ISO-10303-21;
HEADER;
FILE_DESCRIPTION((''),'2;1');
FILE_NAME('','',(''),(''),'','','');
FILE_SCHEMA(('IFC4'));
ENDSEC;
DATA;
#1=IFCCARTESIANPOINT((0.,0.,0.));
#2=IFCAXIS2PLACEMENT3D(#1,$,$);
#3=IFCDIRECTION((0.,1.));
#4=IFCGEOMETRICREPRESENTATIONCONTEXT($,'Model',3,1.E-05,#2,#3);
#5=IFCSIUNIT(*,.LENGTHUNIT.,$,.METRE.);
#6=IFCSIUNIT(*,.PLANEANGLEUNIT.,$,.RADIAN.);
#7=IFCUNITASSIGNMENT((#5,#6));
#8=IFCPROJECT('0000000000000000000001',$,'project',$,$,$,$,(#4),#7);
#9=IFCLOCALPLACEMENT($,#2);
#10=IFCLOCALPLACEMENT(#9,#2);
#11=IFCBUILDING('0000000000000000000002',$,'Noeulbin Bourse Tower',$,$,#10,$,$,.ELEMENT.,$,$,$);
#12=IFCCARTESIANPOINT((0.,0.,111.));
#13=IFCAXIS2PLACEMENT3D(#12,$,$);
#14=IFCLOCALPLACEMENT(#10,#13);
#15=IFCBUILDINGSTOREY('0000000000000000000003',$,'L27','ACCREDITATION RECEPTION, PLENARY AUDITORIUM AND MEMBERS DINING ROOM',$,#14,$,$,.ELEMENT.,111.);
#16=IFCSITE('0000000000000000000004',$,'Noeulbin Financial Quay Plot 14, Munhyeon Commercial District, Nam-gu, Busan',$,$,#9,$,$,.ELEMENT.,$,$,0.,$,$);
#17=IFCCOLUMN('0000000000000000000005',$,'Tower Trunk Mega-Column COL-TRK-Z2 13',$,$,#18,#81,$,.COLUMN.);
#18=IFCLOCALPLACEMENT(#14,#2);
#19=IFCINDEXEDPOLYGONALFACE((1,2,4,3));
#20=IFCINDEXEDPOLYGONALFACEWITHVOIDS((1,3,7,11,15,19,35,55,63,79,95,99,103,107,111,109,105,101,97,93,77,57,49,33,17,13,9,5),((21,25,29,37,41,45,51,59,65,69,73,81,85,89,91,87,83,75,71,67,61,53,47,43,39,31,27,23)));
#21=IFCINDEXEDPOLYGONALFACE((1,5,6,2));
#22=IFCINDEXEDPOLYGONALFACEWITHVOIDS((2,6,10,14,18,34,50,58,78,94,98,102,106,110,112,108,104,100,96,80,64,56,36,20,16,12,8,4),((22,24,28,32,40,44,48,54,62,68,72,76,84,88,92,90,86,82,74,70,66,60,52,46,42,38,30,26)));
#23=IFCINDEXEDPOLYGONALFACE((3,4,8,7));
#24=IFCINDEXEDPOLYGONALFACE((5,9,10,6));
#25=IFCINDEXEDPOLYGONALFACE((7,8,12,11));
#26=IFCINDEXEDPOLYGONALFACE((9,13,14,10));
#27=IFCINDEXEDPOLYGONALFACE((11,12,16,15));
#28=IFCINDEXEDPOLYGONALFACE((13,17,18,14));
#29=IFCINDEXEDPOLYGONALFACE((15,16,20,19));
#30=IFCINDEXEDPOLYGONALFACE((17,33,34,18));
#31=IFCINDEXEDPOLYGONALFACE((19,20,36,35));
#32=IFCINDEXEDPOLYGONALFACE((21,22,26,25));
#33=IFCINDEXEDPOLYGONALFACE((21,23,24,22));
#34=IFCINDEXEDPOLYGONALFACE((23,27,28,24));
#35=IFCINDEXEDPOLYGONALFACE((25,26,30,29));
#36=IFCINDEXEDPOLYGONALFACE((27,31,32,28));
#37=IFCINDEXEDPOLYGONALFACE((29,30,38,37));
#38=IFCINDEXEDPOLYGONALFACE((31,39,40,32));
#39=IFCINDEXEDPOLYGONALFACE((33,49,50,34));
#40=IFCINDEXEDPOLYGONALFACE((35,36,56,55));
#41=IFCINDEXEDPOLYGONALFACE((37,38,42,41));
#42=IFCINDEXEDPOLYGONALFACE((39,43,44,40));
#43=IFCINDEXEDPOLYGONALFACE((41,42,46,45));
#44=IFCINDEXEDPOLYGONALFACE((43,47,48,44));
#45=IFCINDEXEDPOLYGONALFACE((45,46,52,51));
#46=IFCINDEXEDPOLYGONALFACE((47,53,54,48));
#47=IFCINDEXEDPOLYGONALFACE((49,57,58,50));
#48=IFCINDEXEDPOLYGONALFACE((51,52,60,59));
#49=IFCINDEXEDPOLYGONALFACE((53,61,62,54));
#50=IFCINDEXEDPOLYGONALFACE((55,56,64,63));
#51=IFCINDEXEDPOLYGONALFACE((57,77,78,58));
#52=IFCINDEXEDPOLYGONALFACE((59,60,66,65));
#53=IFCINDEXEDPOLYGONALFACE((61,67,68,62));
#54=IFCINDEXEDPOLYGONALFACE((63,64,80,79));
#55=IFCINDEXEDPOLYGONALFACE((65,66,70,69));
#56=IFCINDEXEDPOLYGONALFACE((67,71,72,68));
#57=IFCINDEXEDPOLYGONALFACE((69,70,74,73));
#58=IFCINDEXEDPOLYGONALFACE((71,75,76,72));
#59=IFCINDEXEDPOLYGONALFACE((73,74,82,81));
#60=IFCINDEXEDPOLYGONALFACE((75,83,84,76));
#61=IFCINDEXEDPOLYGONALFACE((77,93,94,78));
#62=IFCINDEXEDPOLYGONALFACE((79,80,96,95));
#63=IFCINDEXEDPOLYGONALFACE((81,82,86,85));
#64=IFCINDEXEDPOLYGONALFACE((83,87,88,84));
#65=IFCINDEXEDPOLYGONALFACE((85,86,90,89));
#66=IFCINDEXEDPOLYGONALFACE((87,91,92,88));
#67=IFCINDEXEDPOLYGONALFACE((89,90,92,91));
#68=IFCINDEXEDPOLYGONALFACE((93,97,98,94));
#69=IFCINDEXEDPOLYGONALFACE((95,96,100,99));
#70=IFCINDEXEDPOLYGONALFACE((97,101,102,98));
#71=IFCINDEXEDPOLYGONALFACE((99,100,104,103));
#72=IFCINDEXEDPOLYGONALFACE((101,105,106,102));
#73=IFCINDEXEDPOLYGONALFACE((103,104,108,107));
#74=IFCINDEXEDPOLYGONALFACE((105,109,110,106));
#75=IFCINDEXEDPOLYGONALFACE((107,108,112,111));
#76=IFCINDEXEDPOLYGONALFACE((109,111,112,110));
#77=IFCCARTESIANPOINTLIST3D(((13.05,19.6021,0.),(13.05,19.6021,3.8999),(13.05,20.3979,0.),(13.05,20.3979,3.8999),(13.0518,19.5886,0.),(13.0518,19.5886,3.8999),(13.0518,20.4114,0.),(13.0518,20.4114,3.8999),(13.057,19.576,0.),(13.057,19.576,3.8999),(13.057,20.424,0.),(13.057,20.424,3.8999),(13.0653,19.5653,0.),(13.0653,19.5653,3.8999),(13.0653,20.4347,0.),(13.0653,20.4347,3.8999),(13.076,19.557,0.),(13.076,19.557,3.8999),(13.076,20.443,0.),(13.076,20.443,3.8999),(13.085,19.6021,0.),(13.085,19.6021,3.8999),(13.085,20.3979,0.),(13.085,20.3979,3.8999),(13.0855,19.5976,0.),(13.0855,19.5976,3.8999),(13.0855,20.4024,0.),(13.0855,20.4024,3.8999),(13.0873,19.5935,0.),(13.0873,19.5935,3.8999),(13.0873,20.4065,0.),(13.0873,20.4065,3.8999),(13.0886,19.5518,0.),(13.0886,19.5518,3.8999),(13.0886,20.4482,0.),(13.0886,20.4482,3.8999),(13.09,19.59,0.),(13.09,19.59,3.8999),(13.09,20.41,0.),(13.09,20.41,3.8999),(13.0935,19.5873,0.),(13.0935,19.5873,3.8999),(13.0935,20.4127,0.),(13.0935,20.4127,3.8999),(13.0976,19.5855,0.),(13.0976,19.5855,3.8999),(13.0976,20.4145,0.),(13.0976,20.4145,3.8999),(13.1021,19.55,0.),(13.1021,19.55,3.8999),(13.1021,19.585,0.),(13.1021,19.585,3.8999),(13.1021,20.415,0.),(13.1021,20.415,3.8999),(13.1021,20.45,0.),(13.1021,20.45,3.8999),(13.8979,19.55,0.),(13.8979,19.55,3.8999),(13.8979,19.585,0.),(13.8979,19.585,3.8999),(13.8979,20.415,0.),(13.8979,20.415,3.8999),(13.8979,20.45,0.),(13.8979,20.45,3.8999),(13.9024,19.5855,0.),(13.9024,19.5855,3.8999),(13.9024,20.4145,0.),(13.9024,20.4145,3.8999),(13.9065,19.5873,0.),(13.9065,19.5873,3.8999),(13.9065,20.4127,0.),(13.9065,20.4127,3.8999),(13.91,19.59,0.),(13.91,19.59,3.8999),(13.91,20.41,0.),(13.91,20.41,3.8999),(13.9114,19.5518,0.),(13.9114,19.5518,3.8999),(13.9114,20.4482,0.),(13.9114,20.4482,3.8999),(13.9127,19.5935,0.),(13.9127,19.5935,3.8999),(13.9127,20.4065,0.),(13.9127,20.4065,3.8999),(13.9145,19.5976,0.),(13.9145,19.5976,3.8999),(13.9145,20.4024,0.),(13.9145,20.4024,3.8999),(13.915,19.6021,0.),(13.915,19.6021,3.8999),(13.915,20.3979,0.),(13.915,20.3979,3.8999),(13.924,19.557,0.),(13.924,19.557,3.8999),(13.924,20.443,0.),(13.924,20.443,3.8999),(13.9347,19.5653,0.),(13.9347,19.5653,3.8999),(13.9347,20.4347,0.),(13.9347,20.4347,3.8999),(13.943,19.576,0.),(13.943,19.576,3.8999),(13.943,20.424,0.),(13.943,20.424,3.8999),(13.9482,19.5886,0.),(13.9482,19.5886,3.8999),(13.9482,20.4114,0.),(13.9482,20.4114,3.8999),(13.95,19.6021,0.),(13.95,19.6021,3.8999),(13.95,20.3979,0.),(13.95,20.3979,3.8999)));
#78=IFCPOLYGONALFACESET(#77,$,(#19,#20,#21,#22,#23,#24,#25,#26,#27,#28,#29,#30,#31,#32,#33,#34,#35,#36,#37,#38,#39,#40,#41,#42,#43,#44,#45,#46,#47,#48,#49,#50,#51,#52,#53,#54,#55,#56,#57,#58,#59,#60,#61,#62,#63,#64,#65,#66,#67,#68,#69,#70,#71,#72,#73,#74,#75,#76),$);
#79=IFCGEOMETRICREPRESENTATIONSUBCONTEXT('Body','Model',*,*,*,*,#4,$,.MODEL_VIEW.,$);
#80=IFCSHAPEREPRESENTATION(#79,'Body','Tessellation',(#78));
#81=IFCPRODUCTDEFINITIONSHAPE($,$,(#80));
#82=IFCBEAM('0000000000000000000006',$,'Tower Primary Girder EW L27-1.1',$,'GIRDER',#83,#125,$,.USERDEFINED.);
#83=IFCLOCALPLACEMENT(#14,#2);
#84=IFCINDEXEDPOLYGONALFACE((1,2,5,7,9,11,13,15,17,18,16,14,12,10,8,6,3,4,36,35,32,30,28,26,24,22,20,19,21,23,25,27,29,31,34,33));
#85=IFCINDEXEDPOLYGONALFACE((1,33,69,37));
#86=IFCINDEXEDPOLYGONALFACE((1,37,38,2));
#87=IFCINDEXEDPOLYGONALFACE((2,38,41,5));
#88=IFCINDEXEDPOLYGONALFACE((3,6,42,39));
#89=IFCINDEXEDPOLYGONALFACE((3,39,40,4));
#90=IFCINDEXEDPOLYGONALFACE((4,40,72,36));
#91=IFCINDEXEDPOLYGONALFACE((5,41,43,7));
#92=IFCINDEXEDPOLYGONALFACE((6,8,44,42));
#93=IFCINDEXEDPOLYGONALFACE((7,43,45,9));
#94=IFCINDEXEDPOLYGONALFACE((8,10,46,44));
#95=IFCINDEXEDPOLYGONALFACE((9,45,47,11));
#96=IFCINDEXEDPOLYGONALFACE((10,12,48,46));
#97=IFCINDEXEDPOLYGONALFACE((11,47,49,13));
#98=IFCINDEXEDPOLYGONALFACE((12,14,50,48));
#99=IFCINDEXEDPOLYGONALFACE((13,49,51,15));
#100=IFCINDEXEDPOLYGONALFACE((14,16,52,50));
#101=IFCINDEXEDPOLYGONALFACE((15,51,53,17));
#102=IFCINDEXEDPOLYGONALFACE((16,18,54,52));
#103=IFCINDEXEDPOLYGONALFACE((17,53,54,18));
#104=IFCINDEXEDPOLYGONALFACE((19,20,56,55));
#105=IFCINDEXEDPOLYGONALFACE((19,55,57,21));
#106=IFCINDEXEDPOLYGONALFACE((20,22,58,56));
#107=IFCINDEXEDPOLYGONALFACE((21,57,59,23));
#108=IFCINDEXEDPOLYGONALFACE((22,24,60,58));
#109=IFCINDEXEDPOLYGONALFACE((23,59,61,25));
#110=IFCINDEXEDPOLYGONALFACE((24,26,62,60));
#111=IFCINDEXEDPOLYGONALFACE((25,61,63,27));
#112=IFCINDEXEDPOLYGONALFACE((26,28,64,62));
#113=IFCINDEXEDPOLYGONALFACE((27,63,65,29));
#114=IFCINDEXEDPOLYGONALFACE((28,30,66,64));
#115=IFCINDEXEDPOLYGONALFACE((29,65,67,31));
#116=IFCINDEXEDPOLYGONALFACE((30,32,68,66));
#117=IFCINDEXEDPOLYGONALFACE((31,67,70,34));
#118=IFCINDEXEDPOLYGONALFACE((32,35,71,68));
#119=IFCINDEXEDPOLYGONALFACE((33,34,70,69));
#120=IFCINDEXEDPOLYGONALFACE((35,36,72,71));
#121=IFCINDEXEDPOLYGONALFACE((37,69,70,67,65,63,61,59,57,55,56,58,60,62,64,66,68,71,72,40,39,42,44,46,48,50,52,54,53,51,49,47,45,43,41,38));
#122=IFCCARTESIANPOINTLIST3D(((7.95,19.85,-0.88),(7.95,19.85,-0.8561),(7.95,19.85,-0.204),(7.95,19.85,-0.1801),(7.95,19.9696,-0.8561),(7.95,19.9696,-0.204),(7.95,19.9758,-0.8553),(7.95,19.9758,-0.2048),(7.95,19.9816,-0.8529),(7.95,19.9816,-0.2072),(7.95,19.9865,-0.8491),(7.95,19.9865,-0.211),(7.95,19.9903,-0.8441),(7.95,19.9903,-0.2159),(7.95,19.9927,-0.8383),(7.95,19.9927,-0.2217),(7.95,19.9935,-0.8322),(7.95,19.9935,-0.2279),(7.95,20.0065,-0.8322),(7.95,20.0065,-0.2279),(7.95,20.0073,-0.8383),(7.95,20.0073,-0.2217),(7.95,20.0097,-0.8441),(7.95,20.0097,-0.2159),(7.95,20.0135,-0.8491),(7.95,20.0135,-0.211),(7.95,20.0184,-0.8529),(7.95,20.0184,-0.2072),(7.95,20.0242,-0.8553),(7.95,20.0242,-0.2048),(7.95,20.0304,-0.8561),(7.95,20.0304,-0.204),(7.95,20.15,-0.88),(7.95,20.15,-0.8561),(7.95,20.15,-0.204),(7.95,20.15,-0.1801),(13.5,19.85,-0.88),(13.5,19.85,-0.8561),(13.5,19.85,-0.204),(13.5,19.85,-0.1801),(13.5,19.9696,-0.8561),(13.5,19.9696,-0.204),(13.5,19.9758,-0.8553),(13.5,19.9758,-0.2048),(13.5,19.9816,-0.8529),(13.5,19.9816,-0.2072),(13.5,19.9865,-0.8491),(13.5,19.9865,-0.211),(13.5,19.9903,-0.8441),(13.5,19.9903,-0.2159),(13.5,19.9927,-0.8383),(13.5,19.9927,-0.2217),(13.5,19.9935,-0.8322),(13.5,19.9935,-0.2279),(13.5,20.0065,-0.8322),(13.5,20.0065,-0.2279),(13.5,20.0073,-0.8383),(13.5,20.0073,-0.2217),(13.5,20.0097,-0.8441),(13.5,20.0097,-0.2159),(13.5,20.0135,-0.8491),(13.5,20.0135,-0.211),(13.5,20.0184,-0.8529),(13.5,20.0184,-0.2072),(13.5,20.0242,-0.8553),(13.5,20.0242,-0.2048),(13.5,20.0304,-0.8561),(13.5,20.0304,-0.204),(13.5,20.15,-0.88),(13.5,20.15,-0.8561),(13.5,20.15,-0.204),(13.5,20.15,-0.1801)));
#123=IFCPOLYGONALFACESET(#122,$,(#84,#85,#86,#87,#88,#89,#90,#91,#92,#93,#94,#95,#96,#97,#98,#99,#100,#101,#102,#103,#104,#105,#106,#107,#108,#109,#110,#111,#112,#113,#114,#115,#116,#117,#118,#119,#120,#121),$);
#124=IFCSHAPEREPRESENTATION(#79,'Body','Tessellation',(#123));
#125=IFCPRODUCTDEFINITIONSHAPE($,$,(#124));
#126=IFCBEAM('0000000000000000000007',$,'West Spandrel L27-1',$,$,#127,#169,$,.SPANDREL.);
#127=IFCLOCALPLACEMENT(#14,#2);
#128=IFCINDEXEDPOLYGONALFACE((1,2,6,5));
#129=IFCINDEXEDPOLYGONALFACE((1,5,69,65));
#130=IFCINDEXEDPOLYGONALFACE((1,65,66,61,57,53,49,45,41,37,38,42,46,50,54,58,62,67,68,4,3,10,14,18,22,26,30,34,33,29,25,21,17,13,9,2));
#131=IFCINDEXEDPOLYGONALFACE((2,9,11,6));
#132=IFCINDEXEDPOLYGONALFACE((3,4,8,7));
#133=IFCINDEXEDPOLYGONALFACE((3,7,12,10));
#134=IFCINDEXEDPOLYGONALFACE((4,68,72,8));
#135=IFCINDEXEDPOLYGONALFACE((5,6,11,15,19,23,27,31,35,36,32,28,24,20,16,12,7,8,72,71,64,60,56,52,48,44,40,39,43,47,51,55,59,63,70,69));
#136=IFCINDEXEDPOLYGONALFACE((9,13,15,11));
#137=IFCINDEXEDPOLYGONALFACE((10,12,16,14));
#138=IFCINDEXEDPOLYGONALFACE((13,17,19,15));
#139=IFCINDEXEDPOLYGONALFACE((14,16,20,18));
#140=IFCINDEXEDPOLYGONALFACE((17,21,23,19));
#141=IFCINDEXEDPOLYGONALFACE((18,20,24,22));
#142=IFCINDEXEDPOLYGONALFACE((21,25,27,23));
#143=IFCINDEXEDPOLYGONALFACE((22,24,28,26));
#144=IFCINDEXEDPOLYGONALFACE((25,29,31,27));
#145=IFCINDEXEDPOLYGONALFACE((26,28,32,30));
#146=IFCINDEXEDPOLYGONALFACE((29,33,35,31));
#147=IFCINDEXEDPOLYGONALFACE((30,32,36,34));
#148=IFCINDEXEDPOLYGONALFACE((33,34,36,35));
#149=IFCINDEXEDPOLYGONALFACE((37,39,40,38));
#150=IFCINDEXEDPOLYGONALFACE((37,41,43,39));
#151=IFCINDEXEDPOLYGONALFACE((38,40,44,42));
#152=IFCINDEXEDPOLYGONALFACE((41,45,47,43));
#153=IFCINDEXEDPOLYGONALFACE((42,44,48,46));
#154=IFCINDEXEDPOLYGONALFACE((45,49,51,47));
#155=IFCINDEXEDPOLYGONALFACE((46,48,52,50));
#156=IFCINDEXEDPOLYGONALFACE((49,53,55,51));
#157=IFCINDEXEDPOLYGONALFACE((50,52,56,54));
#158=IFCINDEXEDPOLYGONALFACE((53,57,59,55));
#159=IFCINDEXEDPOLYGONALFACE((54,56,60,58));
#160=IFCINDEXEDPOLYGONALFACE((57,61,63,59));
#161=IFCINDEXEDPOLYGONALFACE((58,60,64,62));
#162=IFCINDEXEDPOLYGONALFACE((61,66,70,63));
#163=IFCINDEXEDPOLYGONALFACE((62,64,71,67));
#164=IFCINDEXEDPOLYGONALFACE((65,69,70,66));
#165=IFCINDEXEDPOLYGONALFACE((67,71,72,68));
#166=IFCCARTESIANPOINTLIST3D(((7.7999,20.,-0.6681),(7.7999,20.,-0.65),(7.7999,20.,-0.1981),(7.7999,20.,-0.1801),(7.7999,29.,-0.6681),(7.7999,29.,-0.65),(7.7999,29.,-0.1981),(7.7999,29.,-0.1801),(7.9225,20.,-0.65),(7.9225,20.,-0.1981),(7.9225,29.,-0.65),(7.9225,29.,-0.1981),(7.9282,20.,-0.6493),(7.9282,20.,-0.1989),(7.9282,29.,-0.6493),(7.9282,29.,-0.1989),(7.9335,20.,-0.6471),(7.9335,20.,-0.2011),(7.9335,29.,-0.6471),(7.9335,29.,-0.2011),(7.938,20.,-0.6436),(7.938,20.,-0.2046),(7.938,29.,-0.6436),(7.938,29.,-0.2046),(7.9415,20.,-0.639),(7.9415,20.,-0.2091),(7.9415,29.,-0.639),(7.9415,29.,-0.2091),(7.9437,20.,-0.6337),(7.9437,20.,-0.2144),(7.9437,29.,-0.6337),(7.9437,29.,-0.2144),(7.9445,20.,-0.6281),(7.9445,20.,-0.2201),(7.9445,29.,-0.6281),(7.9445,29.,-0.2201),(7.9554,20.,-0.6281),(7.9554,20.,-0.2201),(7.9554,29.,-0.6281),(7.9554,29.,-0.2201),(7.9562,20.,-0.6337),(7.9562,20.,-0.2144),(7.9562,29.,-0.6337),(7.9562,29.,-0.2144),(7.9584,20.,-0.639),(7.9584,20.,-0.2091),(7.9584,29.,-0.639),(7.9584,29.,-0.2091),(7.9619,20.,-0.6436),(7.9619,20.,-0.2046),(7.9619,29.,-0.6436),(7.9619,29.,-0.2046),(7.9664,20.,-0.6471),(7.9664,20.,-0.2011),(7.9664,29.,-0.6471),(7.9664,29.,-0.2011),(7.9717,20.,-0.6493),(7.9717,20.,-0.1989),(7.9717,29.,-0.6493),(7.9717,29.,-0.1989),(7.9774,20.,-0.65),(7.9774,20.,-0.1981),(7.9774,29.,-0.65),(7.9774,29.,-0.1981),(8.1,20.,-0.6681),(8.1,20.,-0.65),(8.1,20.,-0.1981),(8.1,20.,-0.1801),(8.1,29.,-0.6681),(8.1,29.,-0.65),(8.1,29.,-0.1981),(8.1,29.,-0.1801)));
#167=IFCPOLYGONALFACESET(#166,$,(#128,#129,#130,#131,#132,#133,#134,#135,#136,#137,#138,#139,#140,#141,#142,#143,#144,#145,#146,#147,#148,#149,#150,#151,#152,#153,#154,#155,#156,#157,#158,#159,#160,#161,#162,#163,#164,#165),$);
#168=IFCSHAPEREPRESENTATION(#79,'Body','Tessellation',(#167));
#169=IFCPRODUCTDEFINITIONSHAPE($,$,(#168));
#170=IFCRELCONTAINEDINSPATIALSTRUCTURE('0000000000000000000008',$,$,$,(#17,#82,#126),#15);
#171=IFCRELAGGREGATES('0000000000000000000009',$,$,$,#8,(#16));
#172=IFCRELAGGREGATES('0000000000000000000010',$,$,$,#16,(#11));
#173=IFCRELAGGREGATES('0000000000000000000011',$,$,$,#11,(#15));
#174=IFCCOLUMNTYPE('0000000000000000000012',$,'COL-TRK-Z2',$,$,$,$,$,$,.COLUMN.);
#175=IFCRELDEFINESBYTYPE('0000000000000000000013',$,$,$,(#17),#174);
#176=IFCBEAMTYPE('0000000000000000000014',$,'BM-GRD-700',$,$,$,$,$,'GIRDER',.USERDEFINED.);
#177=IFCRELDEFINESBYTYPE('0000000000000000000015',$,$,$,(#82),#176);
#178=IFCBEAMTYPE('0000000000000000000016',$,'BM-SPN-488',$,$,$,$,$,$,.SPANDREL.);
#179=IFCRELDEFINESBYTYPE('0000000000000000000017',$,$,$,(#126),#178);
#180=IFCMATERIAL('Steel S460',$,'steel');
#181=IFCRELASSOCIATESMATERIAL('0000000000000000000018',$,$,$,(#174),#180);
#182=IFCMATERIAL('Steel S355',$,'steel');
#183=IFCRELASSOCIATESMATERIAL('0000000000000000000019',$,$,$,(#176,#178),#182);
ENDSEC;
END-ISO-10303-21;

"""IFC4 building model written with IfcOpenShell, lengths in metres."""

from ifc_helpers import new_model, si_unit, direction, frame, origin, origin_2d, place, context, subcontext, project, spatial, hollow_rectangle, i_section, extrude, material, material_profile, profile_set, type_object, element, save


model = new_model("IFC4")

# Units and contexts
model_context = context("Model", 3, precision=1e-05, world=origin(), true_north=direction((0.0, 1.0)))
body_context = subcontext(model_context, "Body", "Model", "MODEL_VIEW")
ifc_project = project(units=[si_unit("LENGTHUNIT", "METRE"), si_unit("PLANEANGLEUNIT", "RADIAN")], contexts=[model_context])

# Site, building, storey
site_placement = place(None, origin())
site = spatial("IfcSite", under=ifc_project, at=site_placement, Name="Noeulbin Financial Quay Plot 14, Munhyeon Commercial District, Nam-gu, Busan", CompositionType="ELEMENT", RefElevation=0.0)
building_placement = place(site_placement, origin())
building = spatial("IfcBuilding", under=site, at=building_placement, Name="Noeulbin Bourse Tower", CompositionType="ELEMENT")
storey_placement = place(building_placement, frame((0.0, 0.0, 111.0)))
storey = spatial("IfcBuildingStorey", under=building, at=storey_placement, Name="L27", Description="ACCREDITATION RECEPTION, PLENARY AUDITORIUM AND MEMBERS DINING ROOM", CompositionType="ELEMENT", Elevation=111.0)

# Column
ifc_material_1 = material(Name="Steel S355", Category="steel")
ifc_material_2 = material(Name="Steel S460", Category="steel")
ifc_material_profile_1 = material_profile(ifc_material_2, hollow_rectangle(XDim=0.8999, YDim=0.8999, WallThickness=0.0349, InnerFilletRadius=0.0171, OuterFilletRadius=0.052, at=origin_2d()), Name="BOX-900x900x35", Category="LoadBearing")
ifc_profile_set_1 = profile_set([ifc_material_profile_1], Name="Steel S460")
column_type_1 = type_object("IfcColumnType", Name="COL-TRK-Z2", PredefinedType="COLUMN", material=ifc_profile_set_1)
column_1_placement = place(storey_placement, frame((13.5, 20.0, 0.0), z_axis=(0.0, 0.0, 1.0), x_axis=(1.0, 0.0, 0.0)))
element("IfcColumn", 1, at=column_1_placement, inside=storey, type_object=column_type_1, Name="Tower Trunk Mega-Column COL-TRK-Z2 13", PredefinedType="COLUMN", context=body_context, shape_type="SweptSolid", body=[
    extrude(hollow_rectangle(XDim=0.8999, YDim=0.8999, WallThickness=0.0349, InnerFilletRadius=0.0171, OuterFilletRadius=0.052, at=origin_2d()), origin(), (0.0, 0.0, 1.0), 3.8999),
])

# Beams
ifc_material_profile_2 = material_profile(ifc_material_1, i_section(OverallWidth=0.3, OverallDepth=0.7, WebThickness=0.0129, FlangeThickness=0.0239, FilletRadius=0.0239, at=origin_2d()), Name="H-700x300x13x24", Category="LoadBearing")
ifc_profile_set_2 = profile_set([ifc_material_profile_2], Name="Steel S355")
beam_type_1 = type_object("IfcBeamType", Name="BM-GRD-700", ElementType="GIRDER", PredefinedType="USERDEFINED", material=ifc_profile_set_2)
beam_1_placement = place(storey_placement, frame((7.95, 20.0, -0.53), z_axis=(1.0, 0.0, 0.0), x_axis=(0.0, 1.0, 0.0)))
element("IfcBeam", 2, at=beam_1_placement, inside=storey, type_object=beam_type_1, Name="Tower Primary Girder EW L27-1.1", ObjectType="GIRDER", PredefinedType="USERDEFINED", context=body_context, shape_type="SweptSolid", body=[
    extrude(i_section(OverallWidth=0.3, OverallDepth=0.7, WebThickness=0.0129, FlangeThickness=0.0239, FilletRadius=0.0239, at=origin_2d()), origin(), (0.0, 0.0, 1.0), 5.55),
])
ifc_material_profile_3 = material_profile(ifc_material_1, i_section(OverallWidth=0.3, OverallDepth=0.488, WebThickness=0.011, FlangeThickness=0.0181, FilletRadius=0.022, at=origin_2d()), Name="H-488x300x11x18", Category="LoadBearing")
ifc_profile_set_3 = profile_set([ifc_material_profile_3], Name="Steel S355")
beam_type_2 = type_object("IfcBeamType", Name="BM-SPN-488", PredefinedType="SPANDREL", material=ifc_profile_set_3)
beam_2_placement = place(storey_placement, frame((7.95, 20.0, -0.4241), z_axis=(0.0, 1.0, 0.0), x_axis=(-1.0, 0.0, 0.0)))
element("IfcBeam", 3, at=beam_2_placement, inside=storey, type_object=beam_type_2, Name="West Spandrel L27-1", PredefinedType="SPANDREL", context=body_context, shape_type="SweptSolid", body=[
    extrude(i_section(OverallWidth=0.3, OverallDepth=0.488, WebThickness=0.011, FlangeThickness=0.0181, FilletRadius=0.022, at=origin_2d()), origin(), (0.0, 0.0, 1.0), 9.0),
])

save(model, "model.ifc")
